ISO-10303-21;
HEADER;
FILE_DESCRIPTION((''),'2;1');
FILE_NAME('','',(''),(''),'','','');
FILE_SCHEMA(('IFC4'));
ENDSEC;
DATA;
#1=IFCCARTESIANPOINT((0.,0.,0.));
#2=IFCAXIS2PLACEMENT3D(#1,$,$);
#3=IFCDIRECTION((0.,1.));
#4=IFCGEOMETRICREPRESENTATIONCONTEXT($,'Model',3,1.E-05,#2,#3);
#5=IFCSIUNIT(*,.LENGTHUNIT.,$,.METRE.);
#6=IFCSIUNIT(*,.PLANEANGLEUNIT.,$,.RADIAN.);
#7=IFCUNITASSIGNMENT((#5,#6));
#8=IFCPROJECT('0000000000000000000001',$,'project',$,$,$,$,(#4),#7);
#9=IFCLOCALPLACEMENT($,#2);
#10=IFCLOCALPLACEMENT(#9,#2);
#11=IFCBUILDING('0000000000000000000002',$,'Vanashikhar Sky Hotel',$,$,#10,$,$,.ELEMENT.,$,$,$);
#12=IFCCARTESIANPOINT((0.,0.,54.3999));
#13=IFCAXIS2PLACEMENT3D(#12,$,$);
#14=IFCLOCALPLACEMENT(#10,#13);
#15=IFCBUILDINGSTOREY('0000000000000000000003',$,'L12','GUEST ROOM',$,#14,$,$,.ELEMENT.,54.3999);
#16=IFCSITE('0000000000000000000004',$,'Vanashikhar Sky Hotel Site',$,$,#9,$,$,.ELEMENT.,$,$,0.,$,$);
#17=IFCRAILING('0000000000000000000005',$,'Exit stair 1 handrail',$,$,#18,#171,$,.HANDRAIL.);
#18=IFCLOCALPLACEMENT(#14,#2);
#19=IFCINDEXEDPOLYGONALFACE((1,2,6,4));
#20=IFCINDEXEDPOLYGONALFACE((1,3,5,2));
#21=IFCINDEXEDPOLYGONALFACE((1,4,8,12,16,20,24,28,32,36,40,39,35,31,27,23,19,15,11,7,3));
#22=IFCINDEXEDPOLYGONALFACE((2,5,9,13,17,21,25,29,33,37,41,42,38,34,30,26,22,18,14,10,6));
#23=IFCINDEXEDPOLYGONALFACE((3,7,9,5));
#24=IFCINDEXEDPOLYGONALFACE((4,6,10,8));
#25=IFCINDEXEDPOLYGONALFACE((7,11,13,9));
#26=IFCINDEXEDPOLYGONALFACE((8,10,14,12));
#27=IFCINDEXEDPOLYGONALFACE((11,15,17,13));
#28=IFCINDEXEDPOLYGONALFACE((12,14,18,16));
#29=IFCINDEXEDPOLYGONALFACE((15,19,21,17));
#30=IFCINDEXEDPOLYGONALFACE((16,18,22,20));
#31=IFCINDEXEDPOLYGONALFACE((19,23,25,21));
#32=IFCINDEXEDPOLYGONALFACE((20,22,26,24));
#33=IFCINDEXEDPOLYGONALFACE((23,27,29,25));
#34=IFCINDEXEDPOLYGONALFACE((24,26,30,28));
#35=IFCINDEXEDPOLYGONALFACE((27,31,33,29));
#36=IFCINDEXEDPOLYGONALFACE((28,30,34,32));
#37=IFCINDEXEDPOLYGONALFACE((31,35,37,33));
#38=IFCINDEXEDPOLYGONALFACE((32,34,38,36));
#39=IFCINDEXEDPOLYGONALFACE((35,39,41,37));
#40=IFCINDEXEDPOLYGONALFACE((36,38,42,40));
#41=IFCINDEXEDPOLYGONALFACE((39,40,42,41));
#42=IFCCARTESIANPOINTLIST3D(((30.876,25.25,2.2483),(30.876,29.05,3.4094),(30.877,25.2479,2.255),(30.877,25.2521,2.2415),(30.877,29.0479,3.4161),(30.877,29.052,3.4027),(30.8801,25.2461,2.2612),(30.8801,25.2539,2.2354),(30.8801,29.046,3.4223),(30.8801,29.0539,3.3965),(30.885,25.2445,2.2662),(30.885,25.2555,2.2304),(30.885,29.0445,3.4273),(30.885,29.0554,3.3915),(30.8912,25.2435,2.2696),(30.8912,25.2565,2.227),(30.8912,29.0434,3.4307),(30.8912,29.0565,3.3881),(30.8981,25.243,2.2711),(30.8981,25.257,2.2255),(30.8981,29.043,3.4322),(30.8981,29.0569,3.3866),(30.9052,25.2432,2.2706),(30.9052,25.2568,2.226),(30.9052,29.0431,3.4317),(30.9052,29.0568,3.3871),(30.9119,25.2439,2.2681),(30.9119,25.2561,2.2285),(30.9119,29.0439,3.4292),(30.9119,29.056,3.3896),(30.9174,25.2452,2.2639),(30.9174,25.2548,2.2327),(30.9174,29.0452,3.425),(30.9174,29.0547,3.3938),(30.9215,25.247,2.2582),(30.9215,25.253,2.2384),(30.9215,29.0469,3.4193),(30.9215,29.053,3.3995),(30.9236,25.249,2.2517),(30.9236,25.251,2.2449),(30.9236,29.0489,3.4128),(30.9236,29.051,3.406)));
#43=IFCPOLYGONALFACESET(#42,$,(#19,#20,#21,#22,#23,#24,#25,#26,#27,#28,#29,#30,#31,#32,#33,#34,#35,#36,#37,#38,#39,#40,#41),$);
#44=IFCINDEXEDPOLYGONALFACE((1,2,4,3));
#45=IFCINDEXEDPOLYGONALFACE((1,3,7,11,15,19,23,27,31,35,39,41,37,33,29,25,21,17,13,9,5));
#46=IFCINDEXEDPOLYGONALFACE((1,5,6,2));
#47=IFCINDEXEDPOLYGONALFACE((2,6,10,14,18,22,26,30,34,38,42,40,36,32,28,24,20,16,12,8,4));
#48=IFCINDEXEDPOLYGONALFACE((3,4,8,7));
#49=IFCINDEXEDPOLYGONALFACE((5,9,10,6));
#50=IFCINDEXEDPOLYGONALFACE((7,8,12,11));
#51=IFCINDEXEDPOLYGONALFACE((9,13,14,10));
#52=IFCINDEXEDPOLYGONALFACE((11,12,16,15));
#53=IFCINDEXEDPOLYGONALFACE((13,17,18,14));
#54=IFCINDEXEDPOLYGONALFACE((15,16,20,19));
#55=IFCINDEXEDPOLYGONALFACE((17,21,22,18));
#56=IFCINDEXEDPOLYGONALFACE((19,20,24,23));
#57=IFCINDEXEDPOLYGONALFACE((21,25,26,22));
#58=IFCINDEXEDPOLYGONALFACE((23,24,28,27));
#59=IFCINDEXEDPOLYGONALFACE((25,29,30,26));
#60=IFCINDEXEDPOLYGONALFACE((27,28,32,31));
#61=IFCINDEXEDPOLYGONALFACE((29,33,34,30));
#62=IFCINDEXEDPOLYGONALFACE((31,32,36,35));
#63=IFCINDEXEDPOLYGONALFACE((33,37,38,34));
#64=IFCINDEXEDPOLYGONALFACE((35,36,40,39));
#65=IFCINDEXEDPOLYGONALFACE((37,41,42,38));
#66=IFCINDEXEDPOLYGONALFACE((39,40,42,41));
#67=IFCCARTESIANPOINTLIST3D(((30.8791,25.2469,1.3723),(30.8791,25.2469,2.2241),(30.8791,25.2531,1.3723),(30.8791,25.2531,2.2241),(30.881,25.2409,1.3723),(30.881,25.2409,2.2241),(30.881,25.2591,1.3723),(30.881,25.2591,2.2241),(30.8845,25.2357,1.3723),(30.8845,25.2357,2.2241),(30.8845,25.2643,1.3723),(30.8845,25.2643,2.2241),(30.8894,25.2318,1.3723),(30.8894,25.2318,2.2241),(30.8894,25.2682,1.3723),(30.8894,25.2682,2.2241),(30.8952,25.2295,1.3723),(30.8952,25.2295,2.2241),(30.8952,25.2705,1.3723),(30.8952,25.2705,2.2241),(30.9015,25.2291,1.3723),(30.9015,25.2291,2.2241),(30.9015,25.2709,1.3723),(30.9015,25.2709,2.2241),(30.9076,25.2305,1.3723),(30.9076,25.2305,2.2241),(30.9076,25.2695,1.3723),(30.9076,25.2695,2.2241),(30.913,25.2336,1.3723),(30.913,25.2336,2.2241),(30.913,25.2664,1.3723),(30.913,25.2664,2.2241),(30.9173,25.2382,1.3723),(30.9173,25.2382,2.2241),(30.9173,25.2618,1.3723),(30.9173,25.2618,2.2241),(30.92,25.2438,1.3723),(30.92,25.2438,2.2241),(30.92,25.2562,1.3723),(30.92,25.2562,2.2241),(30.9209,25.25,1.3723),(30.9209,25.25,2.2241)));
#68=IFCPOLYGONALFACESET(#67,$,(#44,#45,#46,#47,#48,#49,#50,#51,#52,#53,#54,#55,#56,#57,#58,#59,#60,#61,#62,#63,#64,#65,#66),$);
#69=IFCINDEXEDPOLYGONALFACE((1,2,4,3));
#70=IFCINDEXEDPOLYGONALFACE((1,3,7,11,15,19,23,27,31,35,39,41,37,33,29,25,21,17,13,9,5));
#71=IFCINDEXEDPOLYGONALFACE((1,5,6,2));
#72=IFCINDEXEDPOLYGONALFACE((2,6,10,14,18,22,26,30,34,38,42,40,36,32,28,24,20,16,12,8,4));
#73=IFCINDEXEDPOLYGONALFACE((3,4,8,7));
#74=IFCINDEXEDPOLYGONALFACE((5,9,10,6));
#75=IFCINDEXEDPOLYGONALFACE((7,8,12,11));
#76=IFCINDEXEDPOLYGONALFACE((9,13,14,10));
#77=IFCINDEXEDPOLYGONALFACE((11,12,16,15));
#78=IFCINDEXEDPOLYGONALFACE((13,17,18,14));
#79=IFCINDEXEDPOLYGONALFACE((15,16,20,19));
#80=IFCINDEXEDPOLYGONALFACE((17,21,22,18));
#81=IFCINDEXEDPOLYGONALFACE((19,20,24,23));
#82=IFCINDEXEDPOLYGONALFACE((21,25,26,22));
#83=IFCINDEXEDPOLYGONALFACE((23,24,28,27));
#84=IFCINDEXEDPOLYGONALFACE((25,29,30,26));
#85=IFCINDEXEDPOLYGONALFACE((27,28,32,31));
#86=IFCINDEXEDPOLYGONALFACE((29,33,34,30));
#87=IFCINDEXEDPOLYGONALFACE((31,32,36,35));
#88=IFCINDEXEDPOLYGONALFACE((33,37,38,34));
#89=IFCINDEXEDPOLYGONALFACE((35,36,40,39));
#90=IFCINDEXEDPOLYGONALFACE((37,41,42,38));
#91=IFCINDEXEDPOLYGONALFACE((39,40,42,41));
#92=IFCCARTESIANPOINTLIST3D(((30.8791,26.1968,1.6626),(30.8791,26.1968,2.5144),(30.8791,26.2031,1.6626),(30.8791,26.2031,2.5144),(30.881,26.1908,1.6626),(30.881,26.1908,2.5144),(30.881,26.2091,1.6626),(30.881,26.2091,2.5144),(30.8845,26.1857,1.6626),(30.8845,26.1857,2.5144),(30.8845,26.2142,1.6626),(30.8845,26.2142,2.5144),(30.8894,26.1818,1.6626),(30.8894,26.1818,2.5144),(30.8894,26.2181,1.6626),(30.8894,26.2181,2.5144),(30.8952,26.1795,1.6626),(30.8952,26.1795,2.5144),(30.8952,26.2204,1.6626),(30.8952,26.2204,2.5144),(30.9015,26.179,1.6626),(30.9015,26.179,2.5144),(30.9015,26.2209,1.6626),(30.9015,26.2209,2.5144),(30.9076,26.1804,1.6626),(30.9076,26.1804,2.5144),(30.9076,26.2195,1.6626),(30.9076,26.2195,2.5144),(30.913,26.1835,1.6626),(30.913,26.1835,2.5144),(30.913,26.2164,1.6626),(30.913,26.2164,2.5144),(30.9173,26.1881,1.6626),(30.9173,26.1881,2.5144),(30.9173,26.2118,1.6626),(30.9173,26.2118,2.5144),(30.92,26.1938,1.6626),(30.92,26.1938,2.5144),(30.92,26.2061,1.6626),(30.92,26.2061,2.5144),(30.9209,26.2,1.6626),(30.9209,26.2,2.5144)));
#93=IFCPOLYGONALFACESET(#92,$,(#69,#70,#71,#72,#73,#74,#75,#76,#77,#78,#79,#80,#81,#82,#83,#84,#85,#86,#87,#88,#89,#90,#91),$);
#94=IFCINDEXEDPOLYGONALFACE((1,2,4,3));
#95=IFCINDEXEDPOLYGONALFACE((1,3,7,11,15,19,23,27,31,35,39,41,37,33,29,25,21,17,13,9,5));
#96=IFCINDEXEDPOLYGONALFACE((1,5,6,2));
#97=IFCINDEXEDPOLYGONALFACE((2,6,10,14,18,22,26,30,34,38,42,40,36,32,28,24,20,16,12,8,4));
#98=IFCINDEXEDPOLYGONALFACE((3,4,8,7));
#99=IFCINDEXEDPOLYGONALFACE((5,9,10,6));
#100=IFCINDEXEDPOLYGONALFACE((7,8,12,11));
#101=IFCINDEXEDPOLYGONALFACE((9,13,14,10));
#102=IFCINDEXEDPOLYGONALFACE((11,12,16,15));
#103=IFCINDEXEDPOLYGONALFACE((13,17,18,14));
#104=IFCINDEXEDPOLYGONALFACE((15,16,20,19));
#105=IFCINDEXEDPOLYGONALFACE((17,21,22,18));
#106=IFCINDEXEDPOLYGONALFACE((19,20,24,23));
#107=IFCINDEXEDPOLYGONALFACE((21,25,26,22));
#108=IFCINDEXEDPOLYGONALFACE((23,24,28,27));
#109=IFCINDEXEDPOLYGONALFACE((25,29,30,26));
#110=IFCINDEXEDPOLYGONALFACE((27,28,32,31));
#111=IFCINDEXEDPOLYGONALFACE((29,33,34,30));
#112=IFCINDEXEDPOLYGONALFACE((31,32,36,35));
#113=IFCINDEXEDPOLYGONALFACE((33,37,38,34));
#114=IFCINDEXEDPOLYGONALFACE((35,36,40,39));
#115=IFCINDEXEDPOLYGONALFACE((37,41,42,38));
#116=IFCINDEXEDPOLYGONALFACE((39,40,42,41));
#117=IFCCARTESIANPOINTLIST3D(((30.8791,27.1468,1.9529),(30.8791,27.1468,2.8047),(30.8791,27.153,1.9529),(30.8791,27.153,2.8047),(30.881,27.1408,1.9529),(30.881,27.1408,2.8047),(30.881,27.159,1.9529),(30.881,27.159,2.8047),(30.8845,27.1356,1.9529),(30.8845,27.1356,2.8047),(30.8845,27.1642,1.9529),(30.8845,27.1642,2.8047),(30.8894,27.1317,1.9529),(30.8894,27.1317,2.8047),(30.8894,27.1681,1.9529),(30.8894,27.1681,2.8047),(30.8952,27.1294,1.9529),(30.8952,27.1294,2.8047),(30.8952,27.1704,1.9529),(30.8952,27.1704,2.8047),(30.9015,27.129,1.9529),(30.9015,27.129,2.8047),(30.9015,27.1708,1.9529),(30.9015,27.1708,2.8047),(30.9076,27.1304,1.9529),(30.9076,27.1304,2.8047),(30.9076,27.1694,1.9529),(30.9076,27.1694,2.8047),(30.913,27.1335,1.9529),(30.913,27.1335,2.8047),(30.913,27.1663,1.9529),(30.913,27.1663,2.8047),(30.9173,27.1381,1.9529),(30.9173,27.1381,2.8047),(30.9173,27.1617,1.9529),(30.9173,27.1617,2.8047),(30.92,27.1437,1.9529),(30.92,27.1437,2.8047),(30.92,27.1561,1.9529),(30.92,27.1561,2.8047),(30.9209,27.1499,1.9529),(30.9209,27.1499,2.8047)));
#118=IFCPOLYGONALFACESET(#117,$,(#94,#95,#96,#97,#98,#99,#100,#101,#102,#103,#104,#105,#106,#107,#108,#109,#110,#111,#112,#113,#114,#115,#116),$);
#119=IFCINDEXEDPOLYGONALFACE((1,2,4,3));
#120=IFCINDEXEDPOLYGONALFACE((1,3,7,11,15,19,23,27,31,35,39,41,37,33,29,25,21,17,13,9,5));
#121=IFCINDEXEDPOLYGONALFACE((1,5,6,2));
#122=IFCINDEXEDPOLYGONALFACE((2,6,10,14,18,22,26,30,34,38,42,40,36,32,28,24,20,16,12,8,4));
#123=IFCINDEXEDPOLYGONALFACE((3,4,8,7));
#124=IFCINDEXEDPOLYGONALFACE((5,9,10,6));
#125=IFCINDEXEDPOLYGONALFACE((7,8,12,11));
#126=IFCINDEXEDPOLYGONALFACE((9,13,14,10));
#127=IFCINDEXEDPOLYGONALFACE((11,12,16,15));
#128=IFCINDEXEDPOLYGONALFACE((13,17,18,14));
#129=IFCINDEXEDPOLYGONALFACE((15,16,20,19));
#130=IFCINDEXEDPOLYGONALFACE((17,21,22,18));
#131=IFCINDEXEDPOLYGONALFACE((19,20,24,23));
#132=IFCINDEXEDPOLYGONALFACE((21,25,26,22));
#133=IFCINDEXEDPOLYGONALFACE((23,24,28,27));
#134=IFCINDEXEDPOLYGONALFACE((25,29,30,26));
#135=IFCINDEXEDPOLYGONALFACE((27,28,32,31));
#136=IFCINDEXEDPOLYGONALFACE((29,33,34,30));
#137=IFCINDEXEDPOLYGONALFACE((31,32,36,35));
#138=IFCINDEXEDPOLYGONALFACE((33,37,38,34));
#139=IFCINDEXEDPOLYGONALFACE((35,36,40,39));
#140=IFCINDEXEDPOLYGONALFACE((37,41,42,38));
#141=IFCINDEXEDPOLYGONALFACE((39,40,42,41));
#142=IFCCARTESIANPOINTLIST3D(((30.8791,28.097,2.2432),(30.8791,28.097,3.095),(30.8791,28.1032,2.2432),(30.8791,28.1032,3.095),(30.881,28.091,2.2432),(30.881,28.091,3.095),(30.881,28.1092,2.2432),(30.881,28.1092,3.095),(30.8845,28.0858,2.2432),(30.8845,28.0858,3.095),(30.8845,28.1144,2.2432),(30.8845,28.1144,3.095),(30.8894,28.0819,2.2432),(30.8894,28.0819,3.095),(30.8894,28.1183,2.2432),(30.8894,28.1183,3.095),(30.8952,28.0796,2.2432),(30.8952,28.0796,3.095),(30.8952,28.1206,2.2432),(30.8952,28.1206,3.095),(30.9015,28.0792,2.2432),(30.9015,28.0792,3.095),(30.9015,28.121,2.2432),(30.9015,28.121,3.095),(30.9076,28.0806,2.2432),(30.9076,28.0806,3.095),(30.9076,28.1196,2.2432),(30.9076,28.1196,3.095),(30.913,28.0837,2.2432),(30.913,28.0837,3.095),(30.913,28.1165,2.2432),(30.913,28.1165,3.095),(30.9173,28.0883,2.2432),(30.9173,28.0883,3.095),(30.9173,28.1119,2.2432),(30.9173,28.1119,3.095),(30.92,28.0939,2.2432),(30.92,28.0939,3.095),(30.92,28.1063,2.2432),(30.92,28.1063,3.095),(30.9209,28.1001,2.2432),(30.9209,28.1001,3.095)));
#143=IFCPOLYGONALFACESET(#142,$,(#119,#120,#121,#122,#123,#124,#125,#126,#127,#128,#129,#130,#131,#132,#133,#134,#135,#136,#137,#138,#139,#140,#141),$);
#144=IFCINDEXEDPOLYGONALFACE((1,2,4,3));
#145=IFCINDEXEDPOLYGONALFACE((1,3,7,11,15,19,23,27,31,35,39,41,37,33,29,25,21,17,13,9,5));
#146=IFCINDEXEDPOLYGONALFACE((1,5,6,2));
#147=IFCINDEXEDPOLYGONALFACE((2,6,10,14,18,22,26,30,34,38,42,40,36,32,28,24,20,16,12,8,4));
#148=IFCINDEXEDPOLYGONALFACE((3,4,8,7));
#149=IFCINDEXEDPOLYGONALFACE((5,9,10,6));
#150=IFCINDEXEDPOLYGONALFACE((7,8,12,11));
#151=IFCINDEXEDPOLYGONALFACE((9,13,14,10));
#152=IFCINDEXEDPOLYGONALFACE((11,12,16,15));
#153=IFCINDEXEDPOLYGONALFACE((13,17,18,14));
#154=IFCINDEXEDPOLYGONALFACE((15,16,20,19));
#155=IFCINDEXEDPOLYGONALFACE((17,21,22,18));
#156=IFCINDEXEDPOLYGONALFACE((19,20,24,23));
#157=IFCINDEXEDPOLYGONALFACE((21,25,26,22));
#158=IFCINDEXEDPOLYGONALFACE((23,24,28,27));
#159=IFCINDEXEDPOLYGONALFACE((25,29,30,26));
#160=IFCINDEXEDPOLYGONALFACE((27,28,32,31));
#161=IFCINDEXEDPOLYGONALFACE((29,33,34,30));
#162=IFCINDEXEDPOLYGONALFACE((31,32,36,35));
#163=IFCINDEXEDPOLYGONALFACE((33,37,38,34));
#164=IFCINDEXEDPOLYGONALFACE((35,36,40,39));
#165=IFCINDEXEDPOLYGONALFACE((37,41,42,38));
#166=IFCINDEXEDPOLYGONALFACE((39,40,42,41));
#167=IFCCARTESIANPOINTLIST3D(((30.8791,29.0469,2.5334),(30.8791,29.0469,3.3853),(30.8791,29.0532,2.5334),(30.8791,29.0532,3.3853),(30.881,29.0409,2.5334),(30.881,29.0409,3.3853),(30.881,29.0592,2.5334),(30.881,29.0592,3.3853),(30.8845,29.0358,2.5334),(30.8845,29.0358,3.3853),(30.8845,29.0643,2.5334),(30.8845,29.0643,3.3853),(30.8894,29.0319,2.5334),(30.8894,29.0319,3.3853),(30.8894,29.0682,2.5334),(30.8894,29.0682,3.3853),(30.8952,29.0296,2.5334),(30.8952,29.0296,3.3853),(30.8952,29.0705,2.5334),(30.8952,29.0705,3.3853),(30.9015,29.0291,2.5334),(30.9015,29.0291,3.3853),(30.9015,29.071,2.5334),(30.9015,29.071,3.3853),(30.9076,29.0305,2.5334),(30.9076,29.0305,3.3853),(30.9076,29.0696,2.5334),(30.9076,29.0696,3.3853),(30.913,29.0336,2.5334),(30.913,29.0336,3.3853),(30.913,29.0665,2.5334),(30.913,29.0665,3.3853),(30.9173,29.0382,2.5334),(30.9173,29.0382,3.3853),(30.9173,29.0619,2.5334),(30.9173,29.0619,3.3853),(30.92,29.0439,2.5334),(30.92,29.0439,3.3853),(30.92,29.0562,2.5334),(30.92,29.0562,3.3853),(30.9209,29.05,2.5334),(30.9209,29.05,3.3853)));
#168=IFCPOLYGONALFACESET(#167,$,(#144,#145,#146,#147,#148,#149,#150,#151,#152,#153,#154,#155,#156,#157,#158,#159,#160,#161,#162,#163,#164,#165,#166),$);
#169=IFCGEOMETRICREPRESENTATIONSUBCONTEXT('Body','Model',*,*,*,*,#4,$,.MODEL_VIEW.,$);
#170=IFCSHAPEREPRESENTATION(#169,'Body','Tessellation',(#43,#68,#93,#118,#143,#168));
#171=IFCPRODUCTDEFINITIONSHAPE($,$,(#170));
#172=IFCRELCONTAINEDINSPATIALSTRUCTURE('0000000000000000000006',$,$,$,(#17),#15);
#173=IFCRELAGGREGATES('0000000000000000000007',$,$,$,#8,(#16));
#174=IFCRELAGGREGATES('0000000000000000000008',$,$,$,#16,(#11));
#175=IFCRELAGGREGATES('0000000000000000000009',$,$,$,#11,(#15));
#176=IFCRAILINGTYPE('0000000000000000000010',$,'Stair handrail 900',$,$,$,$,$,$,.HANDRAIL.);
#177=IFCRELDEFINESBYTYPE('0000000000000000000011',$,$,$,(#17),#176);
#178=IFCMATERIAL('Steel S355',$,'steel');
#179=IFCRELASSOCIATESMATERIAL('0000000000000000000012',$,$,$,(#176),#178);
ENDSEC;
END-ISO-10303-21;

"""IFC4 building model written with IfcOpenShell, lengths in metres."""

from ifc_helpers import new_model, si_unit, direction, frame, origin, origin_2d, place, context, subcontext, project, spatial, circle, extrude, source, transform, mapped, material, type_object, element, save


model = new_model("IFC4")

# Units and contexts
model_context = context("Model", 3, precision=1e-05, world=origin(), true_north=direction((0.0, 1.0)))
body_context = subcontext(model_context, "Body", "Model", "MODEL_VIEW")
ifc_project = project(units=[si_unit("LENGTHUNIT", "METRE"), si_unit("PLANEANGLEUNIT", "RADIAN")], contexts=[model_context])

# Site, building, storey
site_placement = place(None, origin())
site = spatial("IfcSite", under=ifc_project, at=site_placement, Name="Vanashikhar Sky Hotel Site", CompositionType="ELEMENT", RefElevation=0.0)
building_placement = place(site_placement, origin())
building = spatial("IfcBuilding", under=site, at=building_placement, Name="Vanashikhar Sky Hotel", CompositionType="ELEMENT")
storey_placement = place(building_placement, frame((0.0, 0.0, 54.3999)))
storey = spatial("IfcBuildingStorey", under=building, at=storey_placement, Name="L12", Description="GUEST ROOM", CompositionType="ELEMENT", Elevation=54.3999)

# Railing
ifc_material_1 = material(Name="Steel S355", Category="steel")
railing_type_1 = type_object("IfcRailingType", Name="Stair handrail 900", PredefinedType="HANDRAIL", material=ifc_material_1)
shared_shape_1 = source(origin(), body_context, "Body", "SweptSolid", [
    extrude(circle(Radius=0.0239, at=origin_2d()), frame((0.0, 0.0, 0.876), z_axis=(0.0, 0.956351, 0.29222), x_axis=(-1.0, 0.0, 0.0)), (0.0, 0.0, 1.0), 3.9734),
    extrude(circle(Radius=0.021, at=origin_2d()), origin(), (0.0, 0.0, 1.0), 0.8518),
    extrude(circle(Radius=0.021, at=origin_2d()), frame((0.0, 0.95, 0.2903)), (0.0, 0.0, 1.0), 0.8518),
    extrude(circle(Radius=0.021, at=origin_2d()), frame((0.0, 1.8999, 0.5806)), (0.0, 0.0, 1.0), 0.8518),
    extrude(circle(Radius=0.021, at=origin_2d()), frame((0.0, 2.8501, 0.8708)), (0.0, 0.0, 1.0), 0.8518),
    extrude(circle(Radius=0.021, at=origin_2d()), frame((0.0, 3.8, 1.1611)), (0.0, 0.0, 1.0), 0.8518),
])
railing_1_placement = place(storey_placement, frame((30.8999, 25.25, 1.3723)))
element("IfcRailing", 1, at=railing_1_placement, inside=storey, type_object=railing_type_1, Name="Exit stair 1 handrail", PredefinedType="HANDRAIL", context=body_context, shape_type="MappedRepresentation", body=[
    mapped(shared_shape_1, transform((0.0, 0.0, 0.0), scale=1.0)),
])

save(model, "model.ifc")
